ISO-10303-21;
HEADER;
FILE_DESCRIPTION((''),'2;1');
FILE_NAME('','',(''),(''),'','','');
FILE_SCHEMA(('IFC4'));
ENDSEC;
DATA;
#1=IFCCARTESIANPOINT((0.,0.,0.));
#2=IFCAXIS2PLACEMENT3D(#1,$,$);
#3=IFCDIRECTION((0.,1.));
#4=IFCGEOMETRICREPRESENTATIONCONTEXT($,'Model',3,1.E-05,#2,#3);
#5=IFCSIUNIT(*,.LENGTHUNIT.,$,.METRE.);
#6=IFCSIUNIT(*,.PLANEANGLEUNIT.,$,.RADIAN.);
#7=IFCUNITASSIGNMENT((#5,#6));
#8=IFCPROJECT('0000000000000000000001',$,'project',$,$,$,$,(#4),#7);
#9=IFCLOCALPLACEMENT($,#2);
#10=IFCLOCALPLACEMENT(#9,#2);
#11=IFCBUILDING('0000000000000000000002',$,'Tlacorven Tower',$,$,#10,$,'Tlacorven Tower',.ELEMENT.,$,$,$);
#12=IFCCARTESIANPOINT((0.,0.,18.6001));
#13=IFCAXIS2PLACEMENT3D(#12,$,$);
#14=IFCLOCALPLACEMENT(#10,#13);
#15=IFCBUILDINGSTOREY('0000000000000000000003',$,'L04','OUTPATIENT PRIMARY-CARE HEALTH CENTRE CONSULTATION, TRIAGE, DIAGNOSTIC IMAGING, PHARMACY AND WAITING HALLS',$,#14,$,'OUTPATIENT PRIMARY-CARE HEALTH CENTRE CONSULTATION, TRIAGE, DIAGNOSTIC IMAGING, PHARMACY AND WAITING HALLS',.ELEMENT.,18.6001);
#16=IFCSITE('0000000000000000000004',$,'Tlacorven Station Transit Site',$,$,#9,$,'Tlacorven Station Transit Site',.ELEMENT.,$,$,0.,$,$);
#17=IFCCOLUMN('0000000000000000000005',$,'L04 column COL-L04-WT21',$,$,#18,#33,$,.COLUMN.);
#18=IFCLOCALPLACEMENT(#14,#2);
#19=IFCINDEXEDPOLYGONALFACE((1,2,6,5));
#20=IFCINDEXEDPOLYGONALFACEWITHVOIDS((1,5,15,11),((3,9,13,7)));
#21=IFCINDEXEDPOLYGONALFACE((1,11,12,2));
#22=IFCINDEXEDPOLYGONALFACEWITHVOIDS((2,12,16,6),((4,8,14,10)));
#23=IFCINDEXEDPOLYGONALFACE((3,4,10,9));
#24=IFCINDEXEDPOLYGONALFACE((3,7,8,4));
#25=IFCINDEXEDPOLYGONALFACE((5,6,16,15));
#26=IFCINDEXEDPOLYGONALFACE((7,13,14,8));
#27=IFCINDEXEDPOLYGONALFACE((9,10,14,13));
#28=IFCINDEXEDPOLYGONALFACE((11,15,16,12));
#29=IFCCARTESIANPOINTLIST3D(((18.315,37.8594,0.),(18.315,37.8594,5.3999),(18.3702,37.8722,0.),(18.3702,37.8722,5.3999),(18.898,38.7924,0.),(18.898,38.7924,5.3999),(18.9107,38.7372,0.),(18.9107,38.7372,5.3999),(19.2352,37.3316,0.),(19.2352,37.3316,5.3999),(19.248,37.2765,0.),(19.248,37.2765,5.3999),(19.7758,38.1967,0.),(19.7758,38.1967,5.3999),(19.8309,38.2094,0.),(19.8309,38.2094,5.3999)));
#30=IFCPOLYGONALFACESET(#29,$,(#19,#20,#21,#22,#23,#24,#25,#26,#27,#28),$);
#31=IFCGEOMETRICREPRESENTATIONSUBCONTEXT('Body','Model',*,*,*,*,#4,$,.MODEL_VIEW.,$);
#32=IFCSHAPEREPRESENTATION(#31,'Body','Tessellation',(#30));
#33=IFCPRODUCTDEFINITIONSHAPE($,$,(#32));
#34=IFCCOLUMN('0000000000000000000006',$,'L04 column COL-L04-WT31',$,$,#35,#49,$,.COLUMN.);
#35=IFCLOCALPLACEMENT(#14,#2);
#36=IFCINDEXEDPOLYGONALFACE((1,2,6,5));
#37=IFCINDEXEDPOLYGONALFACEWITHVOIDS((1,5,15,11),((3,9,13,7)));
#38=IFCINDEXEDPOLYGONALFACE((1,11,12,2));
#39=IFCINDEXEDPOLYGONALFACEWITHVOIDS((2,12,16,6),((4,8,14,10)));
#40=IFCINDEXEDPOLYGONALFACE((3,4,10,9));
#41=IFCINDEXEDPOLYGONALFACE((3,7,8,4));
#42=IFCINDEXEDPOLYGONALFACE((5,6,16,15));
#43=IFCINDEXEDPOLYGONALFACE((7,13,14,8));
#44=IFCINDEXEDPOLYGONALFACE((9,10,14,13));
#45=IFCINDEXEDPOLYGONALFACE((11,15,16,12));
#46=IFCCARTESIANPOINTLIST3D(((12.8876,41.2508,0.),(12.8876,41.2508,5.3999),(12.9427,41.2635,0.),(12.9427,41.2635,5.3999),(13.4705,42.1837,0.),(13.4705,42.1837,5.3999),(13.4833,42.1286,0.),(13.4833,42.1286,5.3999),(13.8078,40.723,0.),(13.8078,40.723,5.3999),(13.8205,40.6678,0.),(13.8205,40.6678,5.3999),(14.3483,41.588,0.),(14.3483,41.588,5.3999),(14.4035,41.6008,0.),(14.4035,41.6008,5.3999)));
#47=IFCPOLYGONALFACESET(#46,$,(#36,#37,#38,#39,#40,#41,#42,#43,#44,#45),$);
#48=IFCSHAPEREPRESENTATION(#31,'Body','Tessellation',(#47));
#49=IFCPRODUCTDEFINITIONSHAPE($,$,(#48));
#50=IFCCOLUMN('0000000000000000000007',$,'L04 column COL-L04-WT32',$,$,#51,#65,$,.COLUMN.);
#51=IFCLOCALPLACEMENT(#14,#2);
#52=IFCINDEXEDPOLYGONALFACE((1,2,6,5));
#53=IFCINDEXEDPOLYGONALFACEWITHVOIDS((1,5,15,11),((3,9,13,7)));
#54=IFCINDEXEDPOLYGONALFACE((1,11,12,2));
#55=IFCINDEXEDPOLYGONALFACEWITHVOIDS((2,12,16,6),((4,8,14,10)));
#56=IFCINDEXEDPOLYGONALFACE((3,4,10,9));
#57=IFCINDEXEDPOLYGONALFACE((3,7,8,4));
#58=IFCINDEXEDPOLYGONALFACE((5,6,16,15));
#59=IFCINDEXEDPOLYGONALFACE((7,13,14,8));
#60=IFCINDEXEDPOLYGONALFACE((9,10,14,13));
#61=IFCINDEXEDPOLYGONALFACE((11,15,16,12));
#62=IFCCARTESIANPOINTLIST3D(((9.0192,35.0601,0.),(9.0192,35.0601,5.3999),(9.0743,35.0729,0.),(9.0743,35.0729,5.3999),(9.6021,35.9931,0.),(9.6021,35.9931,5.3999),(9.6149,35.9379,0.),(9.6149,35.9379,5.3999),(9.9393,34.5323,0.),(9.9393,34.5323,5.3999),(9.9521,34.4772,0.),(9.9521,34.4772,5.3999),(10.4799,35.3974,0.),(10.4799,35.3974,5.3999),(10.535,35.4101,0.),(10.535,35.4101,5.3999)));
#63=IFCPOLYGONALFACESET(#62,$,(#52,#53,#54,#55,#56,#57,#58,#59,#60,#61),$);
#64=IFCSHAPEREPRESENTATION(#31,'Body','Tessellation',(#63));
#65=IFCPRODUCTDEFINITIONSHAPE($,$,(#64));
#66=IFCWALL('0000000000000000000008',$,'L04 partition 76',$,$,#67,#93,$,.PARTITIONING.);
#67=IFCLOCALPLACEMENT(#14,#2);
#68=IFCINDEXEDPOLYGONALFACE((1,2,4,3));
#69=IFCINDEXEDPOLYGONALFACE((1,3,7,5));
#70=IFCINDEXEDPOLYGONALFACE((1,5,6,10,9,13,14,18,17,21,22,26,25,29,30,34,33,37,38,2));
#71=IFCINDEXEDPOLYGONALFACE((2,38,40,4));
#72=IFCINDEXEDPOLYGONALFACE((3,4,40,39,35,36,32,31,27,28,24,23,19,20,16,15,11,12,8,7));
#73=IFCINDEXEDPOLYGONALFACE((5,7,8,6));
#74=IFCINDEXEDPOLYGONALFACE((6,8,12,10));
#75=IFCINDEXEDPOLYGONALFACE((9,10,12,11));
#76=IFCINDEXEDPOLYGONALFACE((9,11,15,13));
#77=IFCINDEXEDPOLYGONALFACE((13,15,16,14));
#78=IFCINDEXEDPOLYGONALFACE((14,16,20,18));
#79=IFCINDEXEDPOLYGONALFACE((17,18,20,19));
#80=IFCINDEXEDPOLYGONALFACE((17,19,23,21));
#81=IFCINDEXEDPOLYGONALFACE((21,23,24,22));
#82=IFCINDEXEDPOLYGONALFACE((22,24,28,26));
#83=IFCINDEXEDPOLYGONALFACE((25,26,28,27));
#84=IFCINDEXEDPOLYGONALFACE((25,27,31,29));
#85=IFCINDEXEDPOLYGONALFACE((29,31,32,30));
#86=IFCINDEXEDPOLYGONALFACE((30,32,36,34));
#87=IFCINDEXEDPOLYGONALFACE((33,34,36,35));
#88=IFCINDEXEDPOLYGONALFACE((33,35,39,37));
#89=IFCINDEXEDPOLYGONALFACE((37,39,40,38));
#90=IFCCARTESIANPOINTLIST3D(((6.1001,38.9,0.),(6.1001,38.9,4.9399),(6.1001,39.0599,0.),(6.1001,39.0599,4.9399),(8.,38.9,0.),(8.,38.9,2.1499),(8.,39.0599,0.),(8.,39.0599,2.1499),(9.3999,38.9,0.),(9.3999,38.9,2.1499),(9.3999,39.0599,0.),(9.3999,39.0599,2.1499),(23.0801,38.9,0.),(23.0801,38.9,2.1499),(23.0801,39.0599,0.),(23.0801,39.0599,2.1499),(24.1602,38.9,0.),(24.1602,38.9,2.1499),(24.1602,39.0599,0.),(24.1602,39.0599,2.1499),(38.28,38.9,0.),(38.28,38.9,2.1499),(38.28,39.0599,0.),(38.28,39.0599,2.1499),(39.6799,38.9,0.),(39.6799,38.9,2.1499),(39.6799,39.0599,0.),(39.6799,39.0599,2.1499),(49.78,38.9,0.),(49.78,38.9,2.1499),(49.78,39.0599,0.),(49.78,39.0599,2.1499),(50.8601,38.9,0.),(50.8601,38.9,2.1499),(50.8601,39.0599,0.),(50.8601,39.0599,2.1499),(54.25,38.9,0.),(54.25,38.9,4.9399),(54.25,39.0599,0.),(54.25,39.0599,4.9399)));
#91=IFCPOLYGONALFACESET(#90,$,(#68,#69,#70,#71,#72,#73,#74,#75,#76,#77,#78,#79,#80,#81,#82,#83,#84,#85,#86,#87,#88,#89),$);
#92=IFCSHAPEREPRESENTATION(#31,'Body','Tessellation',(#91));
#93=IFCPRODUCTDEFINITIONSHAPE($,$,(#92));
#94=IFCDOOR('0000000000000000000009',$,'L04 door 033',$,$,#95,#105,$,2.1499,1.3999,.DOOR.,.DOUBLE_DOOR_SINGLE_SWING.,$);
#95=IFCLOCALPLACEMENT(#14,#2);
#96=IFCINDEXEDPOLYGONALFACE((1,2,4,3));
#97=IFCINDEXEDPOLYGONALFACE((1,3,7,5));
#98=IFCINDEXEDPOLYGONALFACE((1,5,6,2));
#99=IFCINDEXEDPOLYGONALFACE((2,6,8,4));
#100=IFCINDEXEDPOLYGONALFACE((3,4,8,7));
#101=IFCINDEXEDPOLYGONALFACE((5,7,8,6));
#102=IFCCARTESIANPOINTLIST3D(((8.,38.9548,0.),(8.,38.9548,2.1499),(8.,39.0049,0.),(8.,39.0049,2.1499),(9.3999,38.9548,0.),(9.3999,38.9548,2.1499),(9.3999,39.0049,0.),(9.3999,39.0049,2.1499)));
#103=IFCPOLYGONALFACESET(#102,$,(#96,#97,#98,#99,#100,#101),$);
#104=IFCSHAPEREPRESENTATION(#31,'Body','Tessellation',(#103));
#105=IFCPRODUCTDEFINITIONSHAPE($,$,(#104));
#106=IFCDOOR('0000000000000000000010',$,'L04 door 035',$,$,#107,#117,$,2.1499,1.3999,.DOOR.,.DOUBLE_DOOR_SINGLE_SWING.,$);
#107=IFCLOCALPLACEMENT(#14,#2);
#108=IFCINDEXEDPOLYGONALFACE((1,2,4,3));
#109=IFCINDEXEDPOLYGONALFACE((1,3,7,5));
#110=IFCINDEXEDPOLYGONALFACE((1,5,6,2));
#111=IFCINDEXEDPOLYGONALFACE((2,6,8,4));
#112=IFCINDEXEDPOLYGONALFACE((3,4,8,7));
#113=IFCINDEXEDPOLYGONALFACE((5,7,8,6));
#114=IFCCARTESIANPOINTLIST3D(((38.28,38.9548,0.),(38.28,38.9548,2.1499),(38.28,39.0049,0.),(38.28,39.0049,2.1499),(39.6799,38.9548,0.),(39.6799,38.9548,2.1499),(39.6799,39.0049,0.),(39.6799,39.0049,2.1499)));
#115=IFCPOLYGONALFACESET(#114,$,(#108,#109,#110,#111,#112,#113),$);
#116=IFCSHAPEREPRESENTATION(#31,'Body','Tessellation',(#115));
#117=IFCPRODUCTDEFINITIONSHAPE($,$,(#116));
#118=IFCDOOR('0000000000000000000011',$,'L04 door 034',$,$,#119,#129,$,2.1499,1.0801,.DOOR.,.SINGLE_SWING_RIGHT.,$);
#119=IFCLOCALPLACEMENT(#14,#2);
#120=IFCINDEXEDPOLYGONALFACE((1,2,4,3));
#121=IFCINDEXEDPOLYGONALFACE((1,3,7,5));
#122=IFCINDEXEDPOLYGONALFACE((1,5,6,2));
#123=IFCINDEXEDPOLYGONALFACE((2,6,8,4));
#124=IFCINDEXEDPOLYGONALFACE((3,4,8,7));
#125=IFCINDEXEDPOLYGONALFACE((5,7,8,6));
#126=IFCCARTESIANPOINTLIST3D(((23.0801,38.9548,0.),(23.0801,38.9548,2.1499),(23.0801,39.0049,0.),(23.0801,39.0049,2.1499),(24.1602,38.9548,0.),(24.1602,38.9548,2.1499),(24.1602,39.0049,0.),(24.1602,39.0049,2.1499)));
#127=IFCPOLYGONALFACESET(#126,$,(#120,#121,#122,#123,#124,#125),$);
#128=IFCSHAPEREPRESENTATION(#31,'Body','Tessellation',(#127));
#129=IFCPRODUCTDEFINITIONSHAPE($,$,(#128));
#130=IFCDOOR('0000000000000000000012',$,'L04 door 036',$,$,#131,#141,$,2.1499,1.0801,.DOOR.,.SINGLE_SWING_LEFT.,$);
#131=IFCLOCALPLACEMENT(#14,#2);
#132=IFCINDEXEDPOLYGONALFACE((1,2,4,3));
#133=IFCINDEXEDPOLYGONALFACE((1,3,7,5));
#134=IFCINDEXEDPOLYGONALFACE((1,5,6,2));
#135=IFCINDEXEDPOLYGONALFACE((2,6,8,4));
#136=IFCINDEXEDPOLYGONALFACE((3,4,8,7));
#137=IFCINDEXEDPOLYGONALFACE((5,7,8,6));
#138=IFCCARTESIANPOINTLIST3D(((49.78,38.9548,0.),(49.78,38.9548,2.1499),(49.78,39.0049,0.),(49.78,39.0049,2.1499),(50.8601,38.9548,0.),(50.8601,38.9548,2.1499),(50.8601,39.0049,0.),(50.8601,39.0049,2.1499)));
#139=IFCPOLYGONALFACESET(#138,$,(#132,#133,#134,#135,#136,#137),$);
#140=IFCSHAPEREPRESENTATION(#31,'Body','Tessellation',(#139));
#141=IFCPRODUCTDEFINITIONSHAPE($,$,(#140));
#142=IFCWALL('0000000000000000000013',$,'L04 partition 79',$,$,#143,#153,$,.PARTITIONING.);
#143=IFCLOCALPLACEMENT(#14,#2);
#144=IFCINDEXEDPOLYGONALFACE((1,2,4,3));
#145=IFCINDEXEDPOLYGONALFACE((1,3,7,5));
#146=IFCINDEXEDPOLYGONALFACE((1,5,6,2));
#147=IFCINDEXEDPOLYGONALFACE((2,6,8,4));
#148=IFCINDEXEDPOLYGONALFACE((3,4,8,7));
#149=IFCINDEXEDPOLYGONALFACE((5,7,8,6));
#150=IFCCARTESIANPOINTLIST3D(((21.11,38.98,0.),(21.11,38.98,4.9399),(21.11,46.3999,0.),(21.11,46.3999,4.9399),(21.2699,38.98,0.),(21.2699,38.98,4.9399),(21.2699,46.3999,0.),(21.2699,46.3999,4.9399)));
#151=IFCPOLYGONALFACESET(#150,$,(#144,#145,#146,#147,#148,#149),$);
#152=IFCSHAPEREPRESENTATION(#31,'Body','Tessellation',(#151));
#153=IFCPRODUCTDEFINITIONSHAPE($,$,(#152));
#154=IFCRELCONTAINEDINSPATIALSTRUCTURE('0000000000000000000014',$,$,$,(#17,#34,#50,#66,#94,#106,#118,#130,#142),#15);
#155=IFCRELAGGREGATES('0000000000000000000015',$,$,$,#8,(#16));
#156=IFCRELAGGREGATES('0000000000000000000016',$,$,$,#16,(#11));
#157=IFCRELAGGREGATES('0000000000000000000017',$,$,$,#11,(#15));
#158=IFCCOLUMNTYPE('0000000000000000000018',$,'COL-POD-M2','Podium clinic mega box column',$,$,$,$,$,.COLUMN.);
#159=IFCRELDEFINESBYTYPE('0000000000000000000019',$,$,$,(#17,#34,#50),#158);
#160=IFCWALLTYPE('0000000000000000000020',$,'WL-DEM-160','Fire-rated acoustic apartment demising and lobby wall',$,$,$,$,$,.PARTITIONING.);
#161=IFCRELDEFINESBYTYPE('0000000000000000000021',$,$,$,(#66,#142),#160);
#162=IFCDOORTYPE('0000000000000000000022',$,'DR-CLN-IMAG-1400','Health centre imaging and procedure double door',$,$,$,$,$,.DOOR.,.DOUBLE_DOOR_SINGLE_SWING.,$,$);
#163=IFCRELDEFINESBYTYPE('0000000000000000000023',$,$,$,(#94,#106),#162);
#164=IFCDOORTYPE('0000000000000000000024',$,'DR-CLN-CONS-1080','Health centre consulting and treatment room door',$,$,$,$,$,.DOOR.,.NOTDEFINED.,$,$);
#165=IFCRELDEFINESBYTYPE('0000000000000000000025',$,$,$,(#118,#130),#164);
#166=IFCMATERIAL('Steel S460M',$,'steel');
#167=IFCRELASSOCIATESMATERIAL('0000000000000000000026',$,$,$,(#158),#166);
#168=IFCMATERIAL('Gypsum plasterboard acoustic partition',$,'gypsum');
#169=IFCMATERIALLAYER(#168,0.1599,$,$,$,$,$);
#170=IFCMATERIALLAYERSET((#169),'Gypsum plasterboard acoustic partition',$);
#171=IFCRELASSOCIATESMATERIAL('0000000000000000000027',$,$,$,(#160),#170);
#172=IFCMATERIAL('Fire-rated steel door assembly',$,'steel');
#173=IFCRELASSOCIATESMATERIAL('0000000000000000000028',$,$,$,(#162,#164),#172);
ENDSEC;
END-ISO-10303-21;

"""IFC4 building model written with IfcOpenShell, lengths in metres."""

from ifc_helpers import new_model, si_unit, direction, frame, frame_2d, origin, origin_2d, place, context, subcontext, project, spatial, rectangle, hollow_rectangle, extrude, source, transform, mapped, material, layer, layer_set, material_profile, profile_set, type_object, element, fill, save


model = new_model("IFC4")

# Units and contexts
model_context = context("Model", 3, precision=1e-05, world=origin(), true_north=direction((0.0, 1.0)))
body_context = subcontext(model_context, "Body", "Model", "MODEL_VIEW")
ifc_project = project(units=[si_unit("LENGTHUNIT", "METRE"), si_unit("PLANEANGLEUNIT", "RADIAN")], contexts=[model_context])

# Site, building, storey
site_placement = place(None, origin())
site = spatial("IfcSite", under=ifc_project, at=site_placement, Name="Tlacorven Station Transit Site", LongName="Tlacorven Station Transit Site", CompositionType="ELEMENT", RefElevation=0.0)
building_placement = place(site_placement, origin())
building = spatial("IfcBuilding", under=site, at=building_placement, Name="Tlacorven Tower", LongName="Tlacorven Tower", CompositionType="ELEMENT")
storey_placement = place(building_placement, frame((0.0, 0.0, 18.6001)))
storey = spatial("IfcBuildingStorey", under=building, at=storey_placement, Name="L04", Description="OUTPATIENT PRIMARY-CARE HEALTH CENTRE CONSULTATION, TRIAGE, DIAGNOSTIC IMAGING, PHARMACY AND WAITING HALLS", LongName="OUTPATIENT PRIMARY-CARE HEALTH CENTRE CONSULTATION, TRIAGE, DIAGNOSTIC IMAGING, PHARMACY AND WAITING HALLS", CompositionType="ELEMENT", Elevation=18.6001)

# Columns
ifc_material_1 = material(Name="Steel S460M", Category="steel")
ifc_material_profile = material_profile(ifc_material_1, hollow_rectangle(XDim=1.1001, YDim=1.1001, WallThickness=0.04, at=origin_2d()), Name="BOX 1100X1100X40")
ifc_profile_set = profile_set([ifc_material_profile], Name="Steel S460M")
column_type = type_object("IfcColumnType", Name="COL-POD-M2", Description="Podium clinic mega box column", PredefinedType="COLUMN", material=ifc_profile_set)
shared_shape_1 = source(origin(), body_context, "Body", "SweptSolid", [
    extrude(hollow_rectangle(XDim=1.1001, YDim=1.1001, WallThickness=0.04, at=origin_2d()), origin(), (0.0, 0.0, 1.0), 5.3999),
])
for number, where, z_axis, x_axis, name in (
    (1, (19.073, 38.0344, 0.0), (0.0, 0.0, 1.0), (-0.848048, 0.529919, 0.0), "L04 column COL-L04-WT21"),
    (2, (13.6455, 41.4258, 0.0), (0.0, 0.0, 1.0), (-0.848048, 0.529919, 0.0), "L04 column COL-L04-WT31"),
    (3, (9.7771, 35.2351, 0.0), (0.0, 0.0, 1.0), (-0.848048, 0.529919, 0.0), "L04 column COL-L04-WT32"),
):
    element("IfcColumn", number, at=place(storey_placement, frame(where, z_axis=z_axis, x_axis=x_axis)), inside=storey, type_object=column_type, Name=name, PredefinedType="COLUMN", context=body_context, shape_type="MappedRepresentation", body=[
        mapped(shared_shape_1, transform((0.0, 0.0, 0.0), scale=1.0)),
    ])

# Wall, openings, doors
ifc_material_2 = material(Name="Gypsum plasterboard acoustic partition", Category="gypsum")
ifc_layer = layer(ifc_material_2, 0.1599)
ifc_layer_set = layer_set([ifc_layer], Name="Gypsum plasterboard acoustic partition")
wall_type = type_object("IfcWallType", Name="WL-DEM-160", Description="Fire-rated acoustic apartment demising and lobby wall", PredefinedType="PARTITIONING", material=ifc_layer_set)
wall_1_placement = place(storey_placement, frame((6.1001, 38.98, 0.0), z_axis=(0.0, 0.0, 1.0), x_axis=(1.0, 0.0, 0.0)))
wall_1 = element("IfcWall", 4, at=wall_1_placement, inside=storey, type_object=wall_type, Name="L04 partition 76", PredefinedType="PARTITIONING", context=body_context, shape_type="SweptSolid", body=[
    extrude(rectangle(XDim=48.1499, YDim=0.1599, at=frame_2d((24.075, 0.0))), origin(), (0.0, 0.0, 1.0), 4.9399),
])
opening_1_placement = place(wall_1_placement, frame((1.8999, 0.0, 0.0)))
opening_1 = element("IfcOpeningElement", 5, at=opening_1_placement, cuts=wall_1, PredefinedType="OPENING", context=body_context, shape_type="SweptSolid", body=[
    extrude(rectangle(XDim=1.3999, YDim=2.1499, at=frame_2d((0.7, 1.075))), frame((0.0, 0.0898, 0.0), z_axis=(0.0, -1.0, 0.0), x_axis=(1.0, 0.0, 0.0)), (0.0, 0.0, 1.0), 0.1799),
])
opening_2_placement = place(wall_1_placement, frame((16.98, 0.0, 0.0)))
opening_2 = element("IfcOpeningElement", 6, at=opening_2_placement, cuts=wall_1, PredefinedType="OPENING", context=body_context, shape_type="SweptSolid", body=[
    extrude(rectangle(XDim=1.0801, YDim=2.1499, at=frame_2d((0.54, 1.075))), frame((0.0, 0.0898, 0.0), z_axis=(0.0, -1.0, 0.0), x_axis=(1.0, 0.0, 0.0)), (0.0, 0.0, 1.0), 0.1799),
])
opening_3_placement = place(wall_1_placement, frame((32.1799, 0.0, 0.0)))
opening_3 = element("IfcOpeningElement", 7, at=opening_3_placement, cuts=wall_1, PredefinedType="OPENING", context=body_context, shape_type="SweptSolid", body=[
    extrude(rectangle(XDim=1.3999, YDim=2.1499, at=frame_2d((0.7, 1.075))), frame((0.0, 0.0898, 0.0), z_axis=(0.0, -1.0, 0.0), x_axis=(1.0, 0.0, 0.0)), (0.0, 0.0, 1.0), 0.1799),
])
opening_4_placement = place(wall_1_placement, frame((43.6799, 0.0, 0.0)))
opening_4 = element("IfcOpeningElement", 8, at=opening_4_placement, cuts=wall_1, PredefinedType="OPENING", context=body_context, shape_type="SweptSolid", body=[
    extrude(rectangle(XDim=1.0801, YDim=2.1499, at=frame_2d((0.54, 1.075))), frame((0.0, 0.0898, 0.0), z_axis=(0.0, -1.0, 0.0), x_axis=(1.0, 0.0, 0.0)), (0.0, 0.0, 1.0), 0.1799),
])
ifc_material_3 = material(Name="Fire-rated steel door assembly", Category="steel")
door_type_1 = type_object("IfcDoorType", Name="DR-CLN-IMAG-1400", Description="Health centre imaging and procedure double door", OperationType="DOUBLE_DOOR_SINGLE_SWING", PredefinedType="DOOR", material=ifc_material_3)
shared_shape_2 = source(origin(), body_context, "Body", "SweptSolid", [
    extrude(rectangle(XDim=1.3999, YDim=2.1499, at=frame_2d((0.7, 1.075))), frame((0.0, 0.0249, 0.0), z_axis=(0.0, -1.0, 0.0), x_axis=(1.0, 0.0, 0.0)), (0.0, 0.0, 1.0), 0.05),
])
door_1_placement = place(opening_1_placement, origin())
door_1 = element("IfcDoor", 9, at=door_1_placement, inside=storey, type_object=door_type_1, Name="L04 door 033", OperationType="DOUBLE_DOOR_SINGLE_SWING", OverallHeight=2.1499, OverallWidth=1.3999, PredefinedType="DOOR", context=body_context, shape_type="MappedRepresentation", body=[
    mapped(shared_shape_2, transform((0.0, 0.0, 0.0), scale=1.0)),
])
fill(opening_1, door_1)
door_2_placement = place(opening_3_placement, origin())
door_2 = element("IfcDoor", 10, at=door_2_placement, inside=storey, type_object=door_type_1, Name="L04 door 035", OperationType="DOUBLE_DOOR_SINGLE_SWING", OverallHeight=2.1499, OverallWidth=1.3999, PredefinedType="DOOR", context=body_context, shape_type="MappedRepresentation", body=[
    mapped(shared_shape_2, transform((0.0, 0.0, 0.0), scale=1.0)),
])
fill(opening_3, door_2)
door_type_2 = type_object("IfcDoorType", Name="DR-CLN-CONS-1080", Description="Health centre consulting and treatment room door", OperationType="NOTDEFINED", PredefinedType="DOOR", material=ifc_material_3)
shared_shape_3 = source(origin(), body_context, "Body", "SweptSolid", [
    extrude(rectangle(XDim=1.0801, YDim=2.1499, at=frame_2d((0.54, 1.075))), frame((0.0, 0.0249, 0.0), z_axis=(0.0, -1.0, 0.0), x_axis=(1.0, 0.0, 0.0)), (0.0, 0.0, 1.0), 0.05),
])
door_3_placement = place(opening_2_placement, origin())
door_3 = element("IfcDoor", 11, at=door_3_placement, inside=storey, type_object=door_type_2, Name="L04 door 034", OperationType="SINGLE_SWING_RIGHT", OverallHeight=2.1499, OverallWidth=1.0801, PredefinedType="DOOR", context=body_context, shape_type="MappedRepresentation", body=[
    mapped(shared_shape_3, transform((0.0, 0.0, 0.0), scale=1.0)),
])
fill(opening_2, door_3)
door_4_placement = place(opening_4_placement, origin())
door_4 = element("IfcDoor", 12, at=door_4_placement, inside=storey, type_object=door_type_2, Name="L04 door 036", OperationType="SINGLE_SWING_LEFT", OverallHeight=2.1499, OverallWidth=1.0801, PredefinedType="DOOR", context=body_context, shape_type="MappedRepresentation", body=[
    mapped(shared_shape_3, transform((0.0, 0.0, 0.0), scale=1.0)),
])
fill(opening_4, door_4)

# Wall
wall_2_placement = place(storey_placement, frame((21.1899, 38.98, 0.0), z_axis=(0.0, 0.0, 1.0), x_axis=(0.0, 1.0, 0.0)))
element("IfcWall", 13, at=wall_2_placement, inside=storey, type_object=wall_type, Name="L04 partition 79", PredefinedType="PARTITIONING", context=body_context, shape_type="SweptSolid", body=[
    extrude(rectangle(XDim=7.4199, YDim=0.1599, at=frame_2d((3.71, 0.0))), origin(), (0.0, 0.0, 1.0), 4.9399),
])

save(model, "model.ifc")
